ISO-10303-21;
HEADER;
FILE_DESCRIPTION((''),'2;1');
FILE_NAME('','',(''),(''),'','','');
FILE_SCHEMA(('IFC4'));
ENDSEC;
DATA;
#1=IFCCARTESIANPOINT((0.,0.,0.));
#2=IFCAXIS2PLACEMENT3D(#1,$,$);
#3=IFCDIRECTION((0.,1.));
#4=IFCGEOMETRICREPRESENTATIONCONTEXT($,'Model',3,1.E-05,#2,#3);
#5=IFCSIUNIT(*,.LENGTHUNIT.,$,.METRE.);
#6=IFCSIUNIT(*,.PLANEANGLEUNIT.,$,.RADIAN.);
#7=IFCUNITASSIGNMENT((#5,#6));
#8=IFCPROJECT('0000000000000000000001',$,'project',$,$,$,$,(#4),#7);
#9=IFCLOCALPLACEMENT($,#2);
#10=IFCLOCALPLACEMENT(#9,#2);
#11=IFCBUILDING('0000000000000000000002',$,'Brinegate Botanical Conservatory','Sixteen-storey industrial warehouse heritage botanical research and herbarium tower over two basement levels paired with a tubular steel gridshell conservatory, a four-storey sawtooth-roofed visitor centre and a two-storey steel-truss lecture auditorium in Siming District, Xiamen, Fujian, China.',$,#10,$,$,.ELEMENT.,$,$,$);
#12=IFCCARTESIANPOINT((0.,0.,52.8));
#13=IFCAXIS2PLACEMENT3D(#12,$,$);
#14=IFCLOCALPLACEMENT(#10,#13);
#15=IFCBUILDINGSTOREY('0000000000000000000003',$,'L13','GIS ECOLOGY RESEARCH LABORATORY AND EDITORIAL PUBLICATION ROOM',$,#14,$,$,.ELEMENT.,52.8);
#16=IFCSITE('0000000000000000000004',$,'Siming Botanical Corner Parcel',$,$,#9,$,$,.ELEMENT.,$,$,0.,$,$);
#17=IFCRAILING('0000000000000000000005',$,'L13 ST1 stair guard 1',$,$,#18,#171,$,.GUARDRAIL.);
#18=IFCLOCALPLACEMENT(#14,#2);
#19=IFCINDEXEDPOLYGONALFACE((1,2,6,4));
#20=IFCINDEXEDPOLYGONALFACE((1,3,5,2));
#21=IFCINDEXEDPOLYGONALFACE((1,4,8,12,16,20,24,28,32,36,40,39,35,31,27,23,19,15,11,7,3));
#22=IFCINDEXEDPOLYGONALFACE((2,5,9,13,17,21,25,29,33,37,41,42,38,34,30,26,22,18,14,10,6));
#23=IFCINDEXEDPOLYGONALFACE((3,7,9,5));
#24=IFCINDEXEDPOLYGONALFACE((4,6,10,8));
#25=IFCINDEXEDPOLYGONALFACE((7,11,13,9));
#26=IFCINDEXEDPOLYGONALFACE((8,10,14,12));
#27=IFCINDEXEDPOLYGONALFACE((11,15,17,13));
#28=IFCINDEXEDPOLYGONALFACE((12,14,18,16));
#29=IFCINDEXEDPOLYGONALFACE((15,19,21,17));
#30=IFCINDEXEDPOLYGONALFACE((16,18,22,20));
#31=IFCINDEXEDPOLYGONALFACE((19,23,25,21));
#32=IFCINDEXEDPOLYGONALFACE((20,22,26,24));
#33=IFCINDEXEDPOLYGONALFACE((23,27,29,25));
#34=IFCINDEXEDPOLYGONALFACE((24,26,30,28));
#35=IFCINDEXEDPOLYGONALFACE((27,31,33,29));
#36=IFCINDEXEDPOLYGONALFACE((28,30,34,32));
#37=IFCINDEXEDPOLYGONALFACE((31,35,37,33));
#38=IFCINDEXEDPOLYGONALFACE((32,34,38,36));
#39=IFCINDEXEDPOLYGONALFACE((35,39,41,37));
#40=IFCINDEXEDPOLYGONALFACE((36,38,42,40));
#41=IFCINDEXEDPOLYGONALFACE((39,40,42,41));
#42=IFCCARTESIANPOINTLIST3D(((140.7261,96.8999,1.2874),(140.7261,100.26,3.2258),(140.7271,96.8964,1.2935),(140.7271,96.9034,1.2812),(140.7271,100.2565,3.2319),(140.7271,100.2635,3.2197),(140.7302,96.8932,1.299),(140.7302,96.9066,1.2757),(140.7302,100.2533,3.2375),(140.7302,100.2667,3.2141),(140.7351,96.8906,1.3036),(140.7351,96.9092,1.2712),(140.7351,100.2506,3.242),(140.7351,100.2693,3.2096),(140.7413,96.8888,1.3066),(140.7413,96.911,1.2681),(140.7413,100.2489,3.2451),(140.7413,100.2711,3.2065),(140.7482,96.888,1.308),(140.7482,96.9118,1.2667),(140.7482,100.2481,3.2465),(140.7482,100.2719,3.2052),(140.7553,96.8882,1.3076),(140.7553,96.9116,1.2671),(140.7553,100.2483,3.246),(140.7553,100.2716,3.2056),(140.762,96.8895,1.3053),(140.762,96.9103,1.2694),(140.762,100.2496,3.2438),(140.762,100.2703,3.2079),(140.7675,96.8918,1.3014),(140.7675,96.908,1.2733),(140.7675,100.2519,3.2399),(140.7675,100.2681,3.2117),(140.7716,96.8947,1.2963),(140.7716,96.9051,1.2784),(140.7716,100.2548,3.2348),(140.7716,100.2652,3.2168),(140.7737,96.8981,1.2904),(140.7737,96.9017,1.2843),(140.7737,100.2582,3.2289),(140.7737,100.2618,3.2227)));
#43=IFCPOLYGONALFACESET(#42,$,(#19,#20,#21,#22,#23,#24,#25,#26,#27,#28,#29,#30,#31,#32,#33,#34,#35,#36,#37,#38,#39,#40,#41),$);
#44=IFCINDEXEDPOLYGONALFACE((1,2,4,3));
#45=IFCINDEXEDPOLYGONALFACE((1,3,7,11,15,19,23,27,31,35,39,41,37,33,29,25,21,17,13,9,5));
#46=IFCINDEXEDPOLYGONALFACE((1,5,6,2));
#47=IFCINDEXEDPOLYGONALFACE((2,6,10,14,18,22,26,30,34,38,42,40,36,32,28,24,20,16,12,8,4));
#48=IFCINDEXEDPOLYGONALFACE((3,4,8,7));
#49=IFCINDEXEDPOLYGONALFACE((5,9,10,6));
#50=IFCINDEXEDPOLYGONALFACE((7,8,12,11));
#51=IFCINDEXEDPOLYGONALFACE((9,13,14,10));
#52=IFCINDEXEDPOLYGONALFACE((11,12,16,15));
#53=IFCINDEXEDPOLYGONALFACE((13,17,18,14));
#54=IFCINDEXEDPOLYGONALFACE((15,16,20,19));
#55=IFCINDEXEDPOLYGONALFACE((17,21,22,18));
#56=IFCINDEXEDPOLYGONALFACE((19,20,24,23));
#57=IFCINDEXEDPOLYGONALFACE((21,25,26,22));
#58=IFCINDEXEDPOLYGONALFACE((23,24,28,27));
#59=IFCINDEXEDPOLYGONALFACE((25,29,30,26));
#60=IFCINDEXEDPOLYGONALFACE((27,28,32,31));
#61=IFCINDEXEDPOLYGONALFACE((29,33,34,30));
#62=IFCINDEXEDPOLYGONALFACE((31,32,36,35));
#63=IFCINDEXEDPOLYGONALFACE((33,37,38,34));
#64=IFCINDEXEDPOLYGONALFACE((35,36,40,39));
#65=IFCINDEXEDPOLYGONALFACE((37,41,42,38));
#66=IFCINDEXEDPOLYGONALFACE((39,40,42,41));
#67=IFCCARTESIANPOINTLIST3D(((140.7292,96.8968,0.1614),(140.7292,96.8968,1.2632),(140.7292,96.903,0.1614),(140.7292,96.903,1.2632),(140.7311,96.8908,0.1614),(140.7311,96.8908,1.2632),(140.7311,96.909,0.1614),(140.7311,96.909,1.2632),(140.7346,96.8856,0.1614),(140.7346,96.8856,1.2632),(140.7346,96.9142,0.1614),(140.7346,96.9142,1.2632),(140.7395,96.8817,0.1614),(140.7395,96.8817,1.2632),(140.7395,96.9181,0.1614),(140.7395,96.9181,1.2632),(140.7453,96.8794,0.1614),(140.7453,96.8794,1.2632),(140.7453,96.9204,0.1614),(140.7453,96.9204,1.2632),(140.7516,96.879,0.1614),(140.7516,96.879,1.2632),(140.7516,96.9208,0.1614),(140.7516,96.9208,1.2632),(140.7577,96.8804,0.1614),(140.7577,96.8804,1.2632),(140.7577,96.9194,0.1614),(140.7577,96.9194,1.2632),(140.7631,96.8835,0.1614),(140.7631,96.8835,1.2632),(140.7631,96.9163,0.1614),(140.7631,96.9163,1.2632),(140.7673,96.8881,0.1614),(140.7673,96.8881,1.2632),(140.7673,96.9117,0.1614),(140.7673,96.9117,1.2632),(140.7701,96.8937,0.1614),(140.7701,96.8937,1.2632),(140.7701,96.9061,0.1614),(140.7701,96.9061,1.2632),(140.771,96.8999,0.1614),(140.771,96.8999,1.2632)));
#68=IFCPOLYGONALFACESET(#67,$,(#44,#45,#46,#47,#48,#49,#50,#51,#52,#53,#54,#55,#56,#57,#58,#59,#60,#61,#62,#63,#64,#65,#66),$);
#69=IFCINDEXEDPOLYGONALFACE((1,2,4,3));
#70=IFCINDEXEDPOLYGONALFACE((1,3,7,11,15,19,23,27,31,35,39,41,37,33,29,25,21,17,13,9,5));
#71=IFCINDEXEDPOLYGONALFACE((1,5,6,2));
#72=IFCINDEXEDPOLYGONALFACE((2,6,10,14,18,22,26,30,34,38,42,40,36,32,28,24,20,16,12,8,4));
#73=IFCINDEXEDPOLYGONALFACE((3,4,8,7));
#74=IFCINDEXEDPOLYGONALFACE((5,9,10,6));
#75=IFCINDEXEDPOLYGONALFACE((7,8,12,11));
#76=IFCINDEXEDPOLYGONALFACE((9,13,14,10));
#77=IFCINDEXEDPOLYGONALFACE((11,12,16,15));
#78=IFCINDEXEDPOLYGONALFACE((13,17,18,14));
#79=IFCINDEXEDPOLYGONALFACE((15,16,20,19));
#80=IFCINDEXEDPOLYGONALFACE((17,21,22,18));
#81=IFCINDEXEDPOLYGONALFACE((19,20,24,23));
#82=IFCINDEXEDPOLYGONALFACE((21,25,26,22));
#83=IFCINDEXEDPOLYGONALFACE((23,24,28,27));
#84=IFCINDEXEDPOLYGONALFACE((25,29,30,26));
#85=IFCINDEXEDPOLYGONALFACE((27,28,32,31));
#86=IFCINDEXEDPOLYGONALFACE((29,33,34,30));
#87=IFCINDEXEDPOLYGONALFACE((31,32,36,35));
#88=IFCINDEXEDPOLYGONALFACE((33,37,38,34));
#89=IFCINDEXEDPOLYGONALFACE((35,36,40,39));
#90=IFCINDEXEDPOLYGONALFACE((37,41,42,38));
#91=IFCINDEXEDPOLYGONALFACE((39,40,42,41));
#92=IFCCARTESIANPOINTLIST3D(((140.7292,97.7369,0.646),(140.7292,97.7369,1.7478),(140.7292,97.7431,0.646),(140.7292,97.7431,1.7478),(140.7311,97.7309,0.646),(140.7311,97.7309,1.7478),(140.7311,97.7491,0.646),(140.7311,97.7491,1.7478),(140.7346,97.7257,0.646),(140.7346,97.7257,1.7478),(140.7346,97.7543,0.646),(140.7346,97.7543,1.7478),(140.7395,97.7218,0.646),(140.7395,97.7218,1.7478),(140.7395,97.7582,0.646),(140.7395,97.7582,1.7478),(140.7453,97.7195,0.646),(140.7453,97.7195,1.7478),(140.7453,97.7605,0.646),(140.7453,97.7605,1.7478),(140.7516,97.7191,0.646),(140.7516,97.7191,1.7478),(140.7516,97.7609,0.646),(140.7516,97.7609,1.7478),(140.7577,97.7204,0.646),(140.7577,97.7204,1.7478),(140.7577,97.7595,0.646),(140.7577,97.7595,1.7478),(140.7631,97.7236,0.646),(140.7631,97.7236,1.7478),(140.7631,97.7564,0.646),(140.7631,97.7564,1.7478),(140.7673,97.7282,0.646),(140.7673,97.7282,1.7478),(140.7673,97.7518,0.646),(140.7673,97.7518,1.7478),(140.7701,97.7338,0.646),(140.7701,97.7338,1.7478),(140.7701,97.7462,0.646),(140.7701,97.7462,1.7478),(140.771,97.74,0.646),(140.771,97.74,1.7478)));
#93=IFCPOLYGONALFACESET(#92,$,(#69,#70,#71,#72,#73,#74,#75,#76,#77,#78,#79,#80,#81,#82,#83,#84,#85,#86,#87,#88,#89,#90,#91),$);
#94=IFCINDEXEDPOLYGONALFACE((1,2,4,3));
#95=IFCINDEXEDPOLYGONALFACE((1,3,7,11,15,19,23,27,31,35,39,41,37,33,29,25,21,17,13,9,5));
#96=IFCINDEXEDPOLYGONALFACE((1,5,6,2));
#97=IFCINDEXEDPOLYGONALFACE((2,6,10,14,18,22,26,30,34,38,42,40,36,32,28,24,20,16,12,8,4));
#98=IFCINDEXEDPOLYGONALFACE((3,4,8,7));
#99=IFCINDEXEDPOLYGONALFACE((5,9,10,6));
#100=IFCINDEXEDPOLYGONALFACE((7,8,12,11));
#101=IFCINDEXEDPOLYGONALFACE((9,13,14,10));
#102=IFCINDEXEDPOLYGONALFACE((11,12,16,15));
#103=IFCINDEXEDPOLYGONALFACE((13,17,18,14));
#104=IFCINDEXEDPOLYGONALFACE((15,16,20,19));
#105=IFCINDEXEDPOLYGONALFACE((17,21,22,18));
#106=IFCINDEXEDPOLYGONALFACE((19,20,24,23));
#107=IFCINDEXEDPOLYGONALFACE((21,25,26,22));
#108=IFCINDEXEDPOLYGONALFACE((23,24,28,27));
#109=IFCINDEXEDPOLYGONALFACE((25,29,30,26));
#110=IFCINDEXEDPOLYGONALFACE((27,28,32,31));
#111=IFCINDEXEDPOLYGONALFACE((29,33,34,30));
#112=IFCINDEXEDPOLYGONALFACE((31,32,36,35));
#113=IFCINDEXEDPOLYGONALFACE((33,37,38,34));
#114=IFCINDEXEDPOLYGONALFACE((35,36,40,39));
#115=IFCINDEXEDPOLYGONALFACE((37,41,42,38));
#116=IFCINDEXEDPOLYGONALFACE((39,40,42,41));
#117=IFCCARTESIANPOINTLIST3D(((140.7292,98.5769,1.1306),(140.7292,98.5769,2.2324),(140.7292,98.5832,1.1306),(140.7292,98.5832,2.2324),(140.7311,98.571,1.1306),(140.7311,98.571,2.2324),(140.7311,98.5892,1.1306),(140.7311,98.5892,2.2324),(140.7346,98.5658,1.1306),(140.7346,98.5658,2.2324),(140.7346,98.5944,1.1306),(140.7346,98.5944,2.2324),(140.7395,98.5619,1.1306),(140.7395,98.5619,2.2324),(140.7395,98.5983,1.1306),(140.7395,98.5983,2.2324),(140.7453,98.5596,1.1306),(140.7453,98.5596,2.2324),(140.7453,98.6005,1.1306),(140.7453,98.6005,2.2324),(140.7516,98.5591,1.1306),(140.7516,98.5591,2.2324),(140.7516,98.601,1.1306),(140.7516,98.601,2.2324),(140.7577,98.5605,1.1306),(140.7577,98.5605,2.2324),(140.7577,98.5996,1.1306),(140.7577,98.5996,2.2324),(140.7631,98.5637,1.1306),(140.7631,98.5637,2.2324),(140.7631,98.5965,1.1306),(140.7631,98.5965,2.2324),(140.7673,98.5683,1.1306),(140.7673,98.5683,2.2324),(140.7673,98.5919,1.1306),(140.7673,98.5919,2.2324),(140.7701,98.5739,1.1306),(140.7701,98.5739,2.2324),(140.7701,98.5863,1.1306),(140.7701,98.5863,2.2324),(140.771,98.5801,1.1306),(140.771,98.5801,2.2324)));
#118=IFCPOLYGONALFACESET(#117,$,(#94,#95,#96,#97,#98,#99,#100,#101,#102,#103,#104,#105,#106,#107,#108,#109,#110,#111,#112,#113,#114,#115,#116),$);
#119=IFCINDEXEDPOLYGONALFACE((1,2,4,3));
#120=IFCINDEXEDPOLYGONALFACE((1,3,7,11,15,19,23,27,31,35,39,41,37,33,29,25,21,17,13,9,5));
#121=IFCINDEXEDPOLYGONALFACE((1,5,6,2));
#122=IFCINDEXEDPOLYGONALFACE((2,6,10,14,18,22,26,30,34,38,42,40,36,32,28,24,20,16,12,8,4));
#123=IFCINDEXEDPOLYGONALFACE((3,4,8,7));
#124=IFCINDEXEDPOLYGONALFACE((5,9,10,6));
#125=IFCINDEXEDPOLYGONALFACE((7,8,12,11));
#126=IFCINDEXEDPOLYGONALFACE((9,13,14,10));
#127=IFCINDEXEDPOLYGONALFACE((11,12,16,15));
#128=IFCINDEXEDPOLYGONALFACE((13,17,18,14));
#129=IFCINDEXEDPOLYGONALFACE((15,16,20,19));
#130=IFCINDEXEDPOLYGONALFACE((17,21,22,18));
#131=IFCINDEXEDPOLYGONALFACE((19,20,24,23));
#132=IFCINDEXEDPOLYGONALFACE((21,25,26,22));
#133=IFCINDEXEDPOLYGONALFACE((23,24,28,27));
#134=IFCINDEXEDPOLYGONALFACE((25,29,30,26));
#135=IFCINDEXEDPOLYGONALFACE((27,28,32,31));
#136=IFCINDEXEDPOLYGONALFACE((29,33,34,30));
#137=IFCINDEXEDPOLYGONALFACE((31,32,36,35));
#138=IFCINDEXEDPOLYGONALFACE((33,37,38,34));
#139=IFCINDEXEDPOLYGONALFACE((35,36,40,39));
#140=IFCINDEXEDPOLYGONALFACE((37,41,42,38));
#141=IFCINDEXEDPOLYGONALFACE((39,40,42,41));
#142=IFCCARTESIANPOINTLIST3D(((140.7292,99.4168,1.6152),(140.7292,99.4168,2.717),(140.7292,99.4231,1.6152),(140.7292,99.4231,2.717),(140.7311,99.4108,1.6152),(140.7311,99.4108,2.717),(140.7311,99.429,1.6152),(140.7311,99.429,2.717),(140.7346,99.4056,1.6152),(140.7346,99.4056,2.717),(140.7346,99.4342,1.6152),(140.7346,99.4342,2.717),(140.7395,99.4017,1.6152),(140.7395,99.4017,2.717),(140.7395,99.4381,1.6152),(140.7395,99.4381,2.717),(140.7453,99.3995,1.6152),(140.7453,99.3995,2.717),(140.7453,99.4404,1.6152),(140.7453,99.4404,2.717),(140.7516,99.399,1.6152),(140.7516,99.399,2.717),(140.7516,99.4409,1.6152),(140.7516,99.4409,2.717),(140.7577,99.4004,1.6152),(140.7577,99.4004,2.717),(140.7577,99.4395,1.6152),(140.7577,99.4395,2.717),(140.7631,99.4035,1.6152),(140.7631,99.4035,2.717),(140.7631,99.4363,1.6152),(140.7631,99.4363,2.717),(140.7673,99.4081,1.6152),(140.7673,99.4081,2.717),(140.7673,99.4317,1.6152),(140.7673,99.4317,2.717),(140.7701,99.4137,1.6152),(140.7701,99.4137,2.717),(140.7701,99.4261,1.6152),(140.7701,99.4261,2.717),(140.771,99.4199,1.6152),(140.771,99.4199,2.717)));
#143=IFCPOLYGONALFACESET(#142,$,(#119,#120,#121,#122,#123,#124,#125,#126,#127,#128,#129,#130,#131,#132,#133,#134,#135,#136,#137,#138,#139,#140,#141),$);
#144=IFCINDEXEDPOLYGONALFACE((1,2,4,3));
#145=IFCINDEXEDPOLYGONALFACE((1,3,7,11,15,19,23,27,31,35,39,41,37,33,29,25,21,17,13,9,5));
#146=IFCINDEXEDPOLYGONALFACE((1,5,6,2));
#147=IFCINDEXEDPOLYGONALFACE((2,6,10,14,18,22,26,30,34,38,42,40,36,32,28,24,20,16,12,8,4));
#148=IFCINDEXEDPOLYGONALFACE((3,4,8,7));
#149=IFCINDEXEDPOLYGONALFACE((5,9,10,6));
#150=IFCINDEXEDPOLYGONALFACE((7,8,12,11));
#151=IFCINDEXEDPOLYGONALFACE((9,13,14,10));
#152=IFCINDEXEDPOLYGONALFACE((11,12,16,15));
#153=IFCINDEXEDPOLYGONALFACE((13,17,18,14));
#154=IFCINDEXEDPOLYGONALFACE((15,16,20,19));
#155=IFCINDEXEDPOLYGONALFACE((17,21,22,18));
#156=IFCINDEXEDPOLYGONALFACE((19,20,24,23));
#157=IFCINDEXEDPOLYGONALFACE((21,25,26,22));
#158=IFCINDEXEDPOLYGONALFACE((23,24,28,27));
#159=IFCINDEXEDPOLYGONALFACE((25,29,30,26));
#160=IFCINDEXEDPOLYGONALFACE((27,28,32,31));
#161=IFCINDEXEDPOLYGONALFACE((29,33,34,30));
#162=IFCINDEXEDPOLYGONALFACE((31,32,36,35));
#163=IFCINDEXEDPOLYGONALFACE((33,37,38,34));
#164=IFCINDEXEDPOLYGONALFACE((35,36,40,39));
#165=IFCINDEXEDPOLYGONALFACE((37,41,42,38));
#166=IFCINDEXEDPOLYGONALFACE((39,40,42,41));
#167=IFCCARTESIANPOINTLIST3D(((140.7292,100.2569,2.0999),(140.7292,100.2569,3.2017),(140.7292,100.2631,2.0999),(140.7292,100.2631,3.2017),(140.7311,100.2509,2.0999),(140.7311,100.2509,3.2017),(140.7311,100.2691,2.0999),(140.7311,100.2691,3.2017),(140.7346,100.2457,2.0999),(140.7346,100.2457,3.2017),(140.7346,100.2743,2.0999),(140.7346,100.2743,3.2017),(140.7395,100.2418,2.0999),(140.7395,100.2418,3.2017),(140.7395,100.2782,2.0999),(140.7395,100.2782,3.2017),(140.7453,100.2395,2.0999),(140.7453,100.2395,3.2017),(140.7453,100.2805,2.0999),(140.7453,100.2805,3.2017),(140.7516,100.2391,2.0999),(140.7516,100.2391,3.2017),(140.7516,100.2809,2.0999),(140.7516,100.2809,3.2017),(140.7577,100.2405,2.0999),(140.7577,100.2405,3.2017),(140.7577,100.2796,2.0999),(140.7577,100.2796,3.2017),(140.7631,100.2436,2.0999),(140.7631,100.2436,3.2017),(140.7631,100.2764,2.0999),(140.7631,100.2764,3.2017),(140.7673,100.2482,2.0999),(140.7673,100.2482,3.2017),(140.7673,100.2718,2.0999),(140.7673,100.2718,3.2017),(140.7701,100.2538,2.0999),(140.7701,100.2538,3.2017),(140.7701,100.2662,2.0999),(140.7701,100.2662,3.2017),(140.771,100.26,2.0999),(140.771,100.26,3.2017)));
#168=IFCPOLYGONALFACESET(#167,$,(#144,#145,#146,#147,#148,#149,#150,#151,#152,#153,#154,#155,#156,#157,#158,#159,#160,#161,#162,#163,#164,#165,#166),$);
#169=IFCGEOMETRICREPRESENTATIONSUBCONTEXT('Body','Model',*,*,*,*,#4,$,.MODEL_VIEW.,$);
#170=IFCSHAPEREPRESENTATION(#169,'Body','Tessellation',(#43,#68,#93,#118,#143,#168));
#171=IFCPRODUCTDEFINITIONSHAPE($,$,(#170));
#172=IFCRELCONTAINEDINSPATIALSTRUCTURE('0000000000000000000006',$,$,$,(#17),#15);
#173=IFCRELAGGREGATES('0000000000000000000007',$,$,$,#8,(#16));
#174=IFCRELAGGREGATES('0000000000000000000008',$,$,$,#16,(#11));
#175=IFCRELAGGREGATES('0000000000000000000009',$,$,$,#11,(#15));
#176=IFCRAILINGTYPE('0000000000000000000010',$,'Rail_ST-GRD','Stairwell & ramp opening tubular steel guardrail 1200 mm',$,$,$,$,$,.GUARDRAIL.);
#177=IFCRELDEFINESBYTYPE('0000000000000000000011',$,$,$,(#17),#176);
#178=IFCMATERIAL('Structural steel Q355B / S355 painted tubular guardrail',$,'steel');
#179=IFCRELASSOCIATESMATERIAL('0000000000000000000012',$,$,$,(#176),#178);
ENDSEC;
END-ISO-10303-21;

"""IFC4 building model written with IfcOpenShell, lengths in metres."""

from ifc_helpers import new_model, si_unit, direction, frame, origin, origin_2d, place, context, subcontext, project, spatial, circle, extrude, material, type_object, element, save


model = new_model("IFC4")

# Units and contexts
model_context = context("Model", 3, precision=1e-05, world=origin(), true_north=direction((0.0, 1.0)))
body_context = subcontext(model_context, "Body", "Model", "MODEL_VIEW")
ifc_project = project(units=[si_unit("LENGTHUNIT", "METRE"), si_unit("PLANEANGLEUNIT", "RADIAN")], contexts=[model_context])

# Site, building, storey
site_placement = place(None, origin())
site = spatial("IfcSite", under=ifc_project, at=site_placement, Name="Siming Botanical Corner Parcel", CompositionType="ELEMENT", RefElevation=0.0)
building_placement = place(site_placement, origin())
building = spatial("IfcBuilding", under=site, at=building_placement, Name="Brinegate Botanical Conservatory", Description="Sixteen-storey industrial warehouse heritage botanical research and herbarium tower over two basement levels paired with a tubular steel gridshell conservatory, a four-storey sawtooth-roofed visitor centre and a two-storey steel-truss lecture auditorium in Siming District, Xiamen, Fujian, China.", CompositionType="ELEMENT")
storey_placement = place(building_placement, frame((0.0, 0.0, 52.8)))
storey = spatial("IfcBuildingStorey", under=building, at=storey_placement, Name="L13", Description="GIS ECOLOGY RESEARCH LABORATORY AND EDITORIAL PUBLICATION ROOM", CompositionType="ELEMENT", Elevation=52.8)

# Railing
ifc_material_1 = material(Name="Structural steel Q355B / S355 painted tubular guardrail", Category="steel")
railing_type_1 = type_object("IfcRailingType", Name="Rail_ST-GRD", Description="Stairwell & ramp opening tubular steel guardrail 1200 mm", PredefinedType="GUARDRAIL", material=ifc_material_1)
railing_1_placement = place(storey_placement, frame((140.75, 96.8999, 0.1614)))
element("IfcRailing", 1, at=railing_1_placement, inside=storey, type_object=railing_type_1, Name="L13 ST1 stair guard 1", PredefinedType="GUARDRAIL", context=body_context, shape_type="SweptSolid", body=[
    extrude(circle(Radius=0.0239, at=origin_2d()), frame((0.0, 0.0, 1.126), z_axis=(0.0, 0.866191, 0.499713), x_axis=(-1.0, 0.0, 0.0)), (0.0, 0.0, 1.0), 3.8792),
    extrude(circle(Radius=0.021, at=origin_2d()), origin(), (0.0, 0.0, 1.0), 1.1018),
    extrude(circle(Radius=0.021, at=origin_2d()), frame((0.0, 0.8401, 0.4846)), (0.0, 0.0, 1.0), 1.1018),
    extrude(circle(Radius=0.021, at=origin_2d()), frame((0.0, 1.6802, 0.9692)), (0.0, 0.0, 1.0), 1.1018),
    extrude(circle(Radius=0.021, at=origin_2d()), frame((0.0, 2.52, 1.4539)), (0.0, 0.0, 1.0), 1.1018),
    extrude(circle(Radius=0.021, at=origin_2d()), frame((0.0, 3.3601, 1.9385)), (0.0, 0.0, 1.0), 1.1018),
])

save(model, "model.ifc")
